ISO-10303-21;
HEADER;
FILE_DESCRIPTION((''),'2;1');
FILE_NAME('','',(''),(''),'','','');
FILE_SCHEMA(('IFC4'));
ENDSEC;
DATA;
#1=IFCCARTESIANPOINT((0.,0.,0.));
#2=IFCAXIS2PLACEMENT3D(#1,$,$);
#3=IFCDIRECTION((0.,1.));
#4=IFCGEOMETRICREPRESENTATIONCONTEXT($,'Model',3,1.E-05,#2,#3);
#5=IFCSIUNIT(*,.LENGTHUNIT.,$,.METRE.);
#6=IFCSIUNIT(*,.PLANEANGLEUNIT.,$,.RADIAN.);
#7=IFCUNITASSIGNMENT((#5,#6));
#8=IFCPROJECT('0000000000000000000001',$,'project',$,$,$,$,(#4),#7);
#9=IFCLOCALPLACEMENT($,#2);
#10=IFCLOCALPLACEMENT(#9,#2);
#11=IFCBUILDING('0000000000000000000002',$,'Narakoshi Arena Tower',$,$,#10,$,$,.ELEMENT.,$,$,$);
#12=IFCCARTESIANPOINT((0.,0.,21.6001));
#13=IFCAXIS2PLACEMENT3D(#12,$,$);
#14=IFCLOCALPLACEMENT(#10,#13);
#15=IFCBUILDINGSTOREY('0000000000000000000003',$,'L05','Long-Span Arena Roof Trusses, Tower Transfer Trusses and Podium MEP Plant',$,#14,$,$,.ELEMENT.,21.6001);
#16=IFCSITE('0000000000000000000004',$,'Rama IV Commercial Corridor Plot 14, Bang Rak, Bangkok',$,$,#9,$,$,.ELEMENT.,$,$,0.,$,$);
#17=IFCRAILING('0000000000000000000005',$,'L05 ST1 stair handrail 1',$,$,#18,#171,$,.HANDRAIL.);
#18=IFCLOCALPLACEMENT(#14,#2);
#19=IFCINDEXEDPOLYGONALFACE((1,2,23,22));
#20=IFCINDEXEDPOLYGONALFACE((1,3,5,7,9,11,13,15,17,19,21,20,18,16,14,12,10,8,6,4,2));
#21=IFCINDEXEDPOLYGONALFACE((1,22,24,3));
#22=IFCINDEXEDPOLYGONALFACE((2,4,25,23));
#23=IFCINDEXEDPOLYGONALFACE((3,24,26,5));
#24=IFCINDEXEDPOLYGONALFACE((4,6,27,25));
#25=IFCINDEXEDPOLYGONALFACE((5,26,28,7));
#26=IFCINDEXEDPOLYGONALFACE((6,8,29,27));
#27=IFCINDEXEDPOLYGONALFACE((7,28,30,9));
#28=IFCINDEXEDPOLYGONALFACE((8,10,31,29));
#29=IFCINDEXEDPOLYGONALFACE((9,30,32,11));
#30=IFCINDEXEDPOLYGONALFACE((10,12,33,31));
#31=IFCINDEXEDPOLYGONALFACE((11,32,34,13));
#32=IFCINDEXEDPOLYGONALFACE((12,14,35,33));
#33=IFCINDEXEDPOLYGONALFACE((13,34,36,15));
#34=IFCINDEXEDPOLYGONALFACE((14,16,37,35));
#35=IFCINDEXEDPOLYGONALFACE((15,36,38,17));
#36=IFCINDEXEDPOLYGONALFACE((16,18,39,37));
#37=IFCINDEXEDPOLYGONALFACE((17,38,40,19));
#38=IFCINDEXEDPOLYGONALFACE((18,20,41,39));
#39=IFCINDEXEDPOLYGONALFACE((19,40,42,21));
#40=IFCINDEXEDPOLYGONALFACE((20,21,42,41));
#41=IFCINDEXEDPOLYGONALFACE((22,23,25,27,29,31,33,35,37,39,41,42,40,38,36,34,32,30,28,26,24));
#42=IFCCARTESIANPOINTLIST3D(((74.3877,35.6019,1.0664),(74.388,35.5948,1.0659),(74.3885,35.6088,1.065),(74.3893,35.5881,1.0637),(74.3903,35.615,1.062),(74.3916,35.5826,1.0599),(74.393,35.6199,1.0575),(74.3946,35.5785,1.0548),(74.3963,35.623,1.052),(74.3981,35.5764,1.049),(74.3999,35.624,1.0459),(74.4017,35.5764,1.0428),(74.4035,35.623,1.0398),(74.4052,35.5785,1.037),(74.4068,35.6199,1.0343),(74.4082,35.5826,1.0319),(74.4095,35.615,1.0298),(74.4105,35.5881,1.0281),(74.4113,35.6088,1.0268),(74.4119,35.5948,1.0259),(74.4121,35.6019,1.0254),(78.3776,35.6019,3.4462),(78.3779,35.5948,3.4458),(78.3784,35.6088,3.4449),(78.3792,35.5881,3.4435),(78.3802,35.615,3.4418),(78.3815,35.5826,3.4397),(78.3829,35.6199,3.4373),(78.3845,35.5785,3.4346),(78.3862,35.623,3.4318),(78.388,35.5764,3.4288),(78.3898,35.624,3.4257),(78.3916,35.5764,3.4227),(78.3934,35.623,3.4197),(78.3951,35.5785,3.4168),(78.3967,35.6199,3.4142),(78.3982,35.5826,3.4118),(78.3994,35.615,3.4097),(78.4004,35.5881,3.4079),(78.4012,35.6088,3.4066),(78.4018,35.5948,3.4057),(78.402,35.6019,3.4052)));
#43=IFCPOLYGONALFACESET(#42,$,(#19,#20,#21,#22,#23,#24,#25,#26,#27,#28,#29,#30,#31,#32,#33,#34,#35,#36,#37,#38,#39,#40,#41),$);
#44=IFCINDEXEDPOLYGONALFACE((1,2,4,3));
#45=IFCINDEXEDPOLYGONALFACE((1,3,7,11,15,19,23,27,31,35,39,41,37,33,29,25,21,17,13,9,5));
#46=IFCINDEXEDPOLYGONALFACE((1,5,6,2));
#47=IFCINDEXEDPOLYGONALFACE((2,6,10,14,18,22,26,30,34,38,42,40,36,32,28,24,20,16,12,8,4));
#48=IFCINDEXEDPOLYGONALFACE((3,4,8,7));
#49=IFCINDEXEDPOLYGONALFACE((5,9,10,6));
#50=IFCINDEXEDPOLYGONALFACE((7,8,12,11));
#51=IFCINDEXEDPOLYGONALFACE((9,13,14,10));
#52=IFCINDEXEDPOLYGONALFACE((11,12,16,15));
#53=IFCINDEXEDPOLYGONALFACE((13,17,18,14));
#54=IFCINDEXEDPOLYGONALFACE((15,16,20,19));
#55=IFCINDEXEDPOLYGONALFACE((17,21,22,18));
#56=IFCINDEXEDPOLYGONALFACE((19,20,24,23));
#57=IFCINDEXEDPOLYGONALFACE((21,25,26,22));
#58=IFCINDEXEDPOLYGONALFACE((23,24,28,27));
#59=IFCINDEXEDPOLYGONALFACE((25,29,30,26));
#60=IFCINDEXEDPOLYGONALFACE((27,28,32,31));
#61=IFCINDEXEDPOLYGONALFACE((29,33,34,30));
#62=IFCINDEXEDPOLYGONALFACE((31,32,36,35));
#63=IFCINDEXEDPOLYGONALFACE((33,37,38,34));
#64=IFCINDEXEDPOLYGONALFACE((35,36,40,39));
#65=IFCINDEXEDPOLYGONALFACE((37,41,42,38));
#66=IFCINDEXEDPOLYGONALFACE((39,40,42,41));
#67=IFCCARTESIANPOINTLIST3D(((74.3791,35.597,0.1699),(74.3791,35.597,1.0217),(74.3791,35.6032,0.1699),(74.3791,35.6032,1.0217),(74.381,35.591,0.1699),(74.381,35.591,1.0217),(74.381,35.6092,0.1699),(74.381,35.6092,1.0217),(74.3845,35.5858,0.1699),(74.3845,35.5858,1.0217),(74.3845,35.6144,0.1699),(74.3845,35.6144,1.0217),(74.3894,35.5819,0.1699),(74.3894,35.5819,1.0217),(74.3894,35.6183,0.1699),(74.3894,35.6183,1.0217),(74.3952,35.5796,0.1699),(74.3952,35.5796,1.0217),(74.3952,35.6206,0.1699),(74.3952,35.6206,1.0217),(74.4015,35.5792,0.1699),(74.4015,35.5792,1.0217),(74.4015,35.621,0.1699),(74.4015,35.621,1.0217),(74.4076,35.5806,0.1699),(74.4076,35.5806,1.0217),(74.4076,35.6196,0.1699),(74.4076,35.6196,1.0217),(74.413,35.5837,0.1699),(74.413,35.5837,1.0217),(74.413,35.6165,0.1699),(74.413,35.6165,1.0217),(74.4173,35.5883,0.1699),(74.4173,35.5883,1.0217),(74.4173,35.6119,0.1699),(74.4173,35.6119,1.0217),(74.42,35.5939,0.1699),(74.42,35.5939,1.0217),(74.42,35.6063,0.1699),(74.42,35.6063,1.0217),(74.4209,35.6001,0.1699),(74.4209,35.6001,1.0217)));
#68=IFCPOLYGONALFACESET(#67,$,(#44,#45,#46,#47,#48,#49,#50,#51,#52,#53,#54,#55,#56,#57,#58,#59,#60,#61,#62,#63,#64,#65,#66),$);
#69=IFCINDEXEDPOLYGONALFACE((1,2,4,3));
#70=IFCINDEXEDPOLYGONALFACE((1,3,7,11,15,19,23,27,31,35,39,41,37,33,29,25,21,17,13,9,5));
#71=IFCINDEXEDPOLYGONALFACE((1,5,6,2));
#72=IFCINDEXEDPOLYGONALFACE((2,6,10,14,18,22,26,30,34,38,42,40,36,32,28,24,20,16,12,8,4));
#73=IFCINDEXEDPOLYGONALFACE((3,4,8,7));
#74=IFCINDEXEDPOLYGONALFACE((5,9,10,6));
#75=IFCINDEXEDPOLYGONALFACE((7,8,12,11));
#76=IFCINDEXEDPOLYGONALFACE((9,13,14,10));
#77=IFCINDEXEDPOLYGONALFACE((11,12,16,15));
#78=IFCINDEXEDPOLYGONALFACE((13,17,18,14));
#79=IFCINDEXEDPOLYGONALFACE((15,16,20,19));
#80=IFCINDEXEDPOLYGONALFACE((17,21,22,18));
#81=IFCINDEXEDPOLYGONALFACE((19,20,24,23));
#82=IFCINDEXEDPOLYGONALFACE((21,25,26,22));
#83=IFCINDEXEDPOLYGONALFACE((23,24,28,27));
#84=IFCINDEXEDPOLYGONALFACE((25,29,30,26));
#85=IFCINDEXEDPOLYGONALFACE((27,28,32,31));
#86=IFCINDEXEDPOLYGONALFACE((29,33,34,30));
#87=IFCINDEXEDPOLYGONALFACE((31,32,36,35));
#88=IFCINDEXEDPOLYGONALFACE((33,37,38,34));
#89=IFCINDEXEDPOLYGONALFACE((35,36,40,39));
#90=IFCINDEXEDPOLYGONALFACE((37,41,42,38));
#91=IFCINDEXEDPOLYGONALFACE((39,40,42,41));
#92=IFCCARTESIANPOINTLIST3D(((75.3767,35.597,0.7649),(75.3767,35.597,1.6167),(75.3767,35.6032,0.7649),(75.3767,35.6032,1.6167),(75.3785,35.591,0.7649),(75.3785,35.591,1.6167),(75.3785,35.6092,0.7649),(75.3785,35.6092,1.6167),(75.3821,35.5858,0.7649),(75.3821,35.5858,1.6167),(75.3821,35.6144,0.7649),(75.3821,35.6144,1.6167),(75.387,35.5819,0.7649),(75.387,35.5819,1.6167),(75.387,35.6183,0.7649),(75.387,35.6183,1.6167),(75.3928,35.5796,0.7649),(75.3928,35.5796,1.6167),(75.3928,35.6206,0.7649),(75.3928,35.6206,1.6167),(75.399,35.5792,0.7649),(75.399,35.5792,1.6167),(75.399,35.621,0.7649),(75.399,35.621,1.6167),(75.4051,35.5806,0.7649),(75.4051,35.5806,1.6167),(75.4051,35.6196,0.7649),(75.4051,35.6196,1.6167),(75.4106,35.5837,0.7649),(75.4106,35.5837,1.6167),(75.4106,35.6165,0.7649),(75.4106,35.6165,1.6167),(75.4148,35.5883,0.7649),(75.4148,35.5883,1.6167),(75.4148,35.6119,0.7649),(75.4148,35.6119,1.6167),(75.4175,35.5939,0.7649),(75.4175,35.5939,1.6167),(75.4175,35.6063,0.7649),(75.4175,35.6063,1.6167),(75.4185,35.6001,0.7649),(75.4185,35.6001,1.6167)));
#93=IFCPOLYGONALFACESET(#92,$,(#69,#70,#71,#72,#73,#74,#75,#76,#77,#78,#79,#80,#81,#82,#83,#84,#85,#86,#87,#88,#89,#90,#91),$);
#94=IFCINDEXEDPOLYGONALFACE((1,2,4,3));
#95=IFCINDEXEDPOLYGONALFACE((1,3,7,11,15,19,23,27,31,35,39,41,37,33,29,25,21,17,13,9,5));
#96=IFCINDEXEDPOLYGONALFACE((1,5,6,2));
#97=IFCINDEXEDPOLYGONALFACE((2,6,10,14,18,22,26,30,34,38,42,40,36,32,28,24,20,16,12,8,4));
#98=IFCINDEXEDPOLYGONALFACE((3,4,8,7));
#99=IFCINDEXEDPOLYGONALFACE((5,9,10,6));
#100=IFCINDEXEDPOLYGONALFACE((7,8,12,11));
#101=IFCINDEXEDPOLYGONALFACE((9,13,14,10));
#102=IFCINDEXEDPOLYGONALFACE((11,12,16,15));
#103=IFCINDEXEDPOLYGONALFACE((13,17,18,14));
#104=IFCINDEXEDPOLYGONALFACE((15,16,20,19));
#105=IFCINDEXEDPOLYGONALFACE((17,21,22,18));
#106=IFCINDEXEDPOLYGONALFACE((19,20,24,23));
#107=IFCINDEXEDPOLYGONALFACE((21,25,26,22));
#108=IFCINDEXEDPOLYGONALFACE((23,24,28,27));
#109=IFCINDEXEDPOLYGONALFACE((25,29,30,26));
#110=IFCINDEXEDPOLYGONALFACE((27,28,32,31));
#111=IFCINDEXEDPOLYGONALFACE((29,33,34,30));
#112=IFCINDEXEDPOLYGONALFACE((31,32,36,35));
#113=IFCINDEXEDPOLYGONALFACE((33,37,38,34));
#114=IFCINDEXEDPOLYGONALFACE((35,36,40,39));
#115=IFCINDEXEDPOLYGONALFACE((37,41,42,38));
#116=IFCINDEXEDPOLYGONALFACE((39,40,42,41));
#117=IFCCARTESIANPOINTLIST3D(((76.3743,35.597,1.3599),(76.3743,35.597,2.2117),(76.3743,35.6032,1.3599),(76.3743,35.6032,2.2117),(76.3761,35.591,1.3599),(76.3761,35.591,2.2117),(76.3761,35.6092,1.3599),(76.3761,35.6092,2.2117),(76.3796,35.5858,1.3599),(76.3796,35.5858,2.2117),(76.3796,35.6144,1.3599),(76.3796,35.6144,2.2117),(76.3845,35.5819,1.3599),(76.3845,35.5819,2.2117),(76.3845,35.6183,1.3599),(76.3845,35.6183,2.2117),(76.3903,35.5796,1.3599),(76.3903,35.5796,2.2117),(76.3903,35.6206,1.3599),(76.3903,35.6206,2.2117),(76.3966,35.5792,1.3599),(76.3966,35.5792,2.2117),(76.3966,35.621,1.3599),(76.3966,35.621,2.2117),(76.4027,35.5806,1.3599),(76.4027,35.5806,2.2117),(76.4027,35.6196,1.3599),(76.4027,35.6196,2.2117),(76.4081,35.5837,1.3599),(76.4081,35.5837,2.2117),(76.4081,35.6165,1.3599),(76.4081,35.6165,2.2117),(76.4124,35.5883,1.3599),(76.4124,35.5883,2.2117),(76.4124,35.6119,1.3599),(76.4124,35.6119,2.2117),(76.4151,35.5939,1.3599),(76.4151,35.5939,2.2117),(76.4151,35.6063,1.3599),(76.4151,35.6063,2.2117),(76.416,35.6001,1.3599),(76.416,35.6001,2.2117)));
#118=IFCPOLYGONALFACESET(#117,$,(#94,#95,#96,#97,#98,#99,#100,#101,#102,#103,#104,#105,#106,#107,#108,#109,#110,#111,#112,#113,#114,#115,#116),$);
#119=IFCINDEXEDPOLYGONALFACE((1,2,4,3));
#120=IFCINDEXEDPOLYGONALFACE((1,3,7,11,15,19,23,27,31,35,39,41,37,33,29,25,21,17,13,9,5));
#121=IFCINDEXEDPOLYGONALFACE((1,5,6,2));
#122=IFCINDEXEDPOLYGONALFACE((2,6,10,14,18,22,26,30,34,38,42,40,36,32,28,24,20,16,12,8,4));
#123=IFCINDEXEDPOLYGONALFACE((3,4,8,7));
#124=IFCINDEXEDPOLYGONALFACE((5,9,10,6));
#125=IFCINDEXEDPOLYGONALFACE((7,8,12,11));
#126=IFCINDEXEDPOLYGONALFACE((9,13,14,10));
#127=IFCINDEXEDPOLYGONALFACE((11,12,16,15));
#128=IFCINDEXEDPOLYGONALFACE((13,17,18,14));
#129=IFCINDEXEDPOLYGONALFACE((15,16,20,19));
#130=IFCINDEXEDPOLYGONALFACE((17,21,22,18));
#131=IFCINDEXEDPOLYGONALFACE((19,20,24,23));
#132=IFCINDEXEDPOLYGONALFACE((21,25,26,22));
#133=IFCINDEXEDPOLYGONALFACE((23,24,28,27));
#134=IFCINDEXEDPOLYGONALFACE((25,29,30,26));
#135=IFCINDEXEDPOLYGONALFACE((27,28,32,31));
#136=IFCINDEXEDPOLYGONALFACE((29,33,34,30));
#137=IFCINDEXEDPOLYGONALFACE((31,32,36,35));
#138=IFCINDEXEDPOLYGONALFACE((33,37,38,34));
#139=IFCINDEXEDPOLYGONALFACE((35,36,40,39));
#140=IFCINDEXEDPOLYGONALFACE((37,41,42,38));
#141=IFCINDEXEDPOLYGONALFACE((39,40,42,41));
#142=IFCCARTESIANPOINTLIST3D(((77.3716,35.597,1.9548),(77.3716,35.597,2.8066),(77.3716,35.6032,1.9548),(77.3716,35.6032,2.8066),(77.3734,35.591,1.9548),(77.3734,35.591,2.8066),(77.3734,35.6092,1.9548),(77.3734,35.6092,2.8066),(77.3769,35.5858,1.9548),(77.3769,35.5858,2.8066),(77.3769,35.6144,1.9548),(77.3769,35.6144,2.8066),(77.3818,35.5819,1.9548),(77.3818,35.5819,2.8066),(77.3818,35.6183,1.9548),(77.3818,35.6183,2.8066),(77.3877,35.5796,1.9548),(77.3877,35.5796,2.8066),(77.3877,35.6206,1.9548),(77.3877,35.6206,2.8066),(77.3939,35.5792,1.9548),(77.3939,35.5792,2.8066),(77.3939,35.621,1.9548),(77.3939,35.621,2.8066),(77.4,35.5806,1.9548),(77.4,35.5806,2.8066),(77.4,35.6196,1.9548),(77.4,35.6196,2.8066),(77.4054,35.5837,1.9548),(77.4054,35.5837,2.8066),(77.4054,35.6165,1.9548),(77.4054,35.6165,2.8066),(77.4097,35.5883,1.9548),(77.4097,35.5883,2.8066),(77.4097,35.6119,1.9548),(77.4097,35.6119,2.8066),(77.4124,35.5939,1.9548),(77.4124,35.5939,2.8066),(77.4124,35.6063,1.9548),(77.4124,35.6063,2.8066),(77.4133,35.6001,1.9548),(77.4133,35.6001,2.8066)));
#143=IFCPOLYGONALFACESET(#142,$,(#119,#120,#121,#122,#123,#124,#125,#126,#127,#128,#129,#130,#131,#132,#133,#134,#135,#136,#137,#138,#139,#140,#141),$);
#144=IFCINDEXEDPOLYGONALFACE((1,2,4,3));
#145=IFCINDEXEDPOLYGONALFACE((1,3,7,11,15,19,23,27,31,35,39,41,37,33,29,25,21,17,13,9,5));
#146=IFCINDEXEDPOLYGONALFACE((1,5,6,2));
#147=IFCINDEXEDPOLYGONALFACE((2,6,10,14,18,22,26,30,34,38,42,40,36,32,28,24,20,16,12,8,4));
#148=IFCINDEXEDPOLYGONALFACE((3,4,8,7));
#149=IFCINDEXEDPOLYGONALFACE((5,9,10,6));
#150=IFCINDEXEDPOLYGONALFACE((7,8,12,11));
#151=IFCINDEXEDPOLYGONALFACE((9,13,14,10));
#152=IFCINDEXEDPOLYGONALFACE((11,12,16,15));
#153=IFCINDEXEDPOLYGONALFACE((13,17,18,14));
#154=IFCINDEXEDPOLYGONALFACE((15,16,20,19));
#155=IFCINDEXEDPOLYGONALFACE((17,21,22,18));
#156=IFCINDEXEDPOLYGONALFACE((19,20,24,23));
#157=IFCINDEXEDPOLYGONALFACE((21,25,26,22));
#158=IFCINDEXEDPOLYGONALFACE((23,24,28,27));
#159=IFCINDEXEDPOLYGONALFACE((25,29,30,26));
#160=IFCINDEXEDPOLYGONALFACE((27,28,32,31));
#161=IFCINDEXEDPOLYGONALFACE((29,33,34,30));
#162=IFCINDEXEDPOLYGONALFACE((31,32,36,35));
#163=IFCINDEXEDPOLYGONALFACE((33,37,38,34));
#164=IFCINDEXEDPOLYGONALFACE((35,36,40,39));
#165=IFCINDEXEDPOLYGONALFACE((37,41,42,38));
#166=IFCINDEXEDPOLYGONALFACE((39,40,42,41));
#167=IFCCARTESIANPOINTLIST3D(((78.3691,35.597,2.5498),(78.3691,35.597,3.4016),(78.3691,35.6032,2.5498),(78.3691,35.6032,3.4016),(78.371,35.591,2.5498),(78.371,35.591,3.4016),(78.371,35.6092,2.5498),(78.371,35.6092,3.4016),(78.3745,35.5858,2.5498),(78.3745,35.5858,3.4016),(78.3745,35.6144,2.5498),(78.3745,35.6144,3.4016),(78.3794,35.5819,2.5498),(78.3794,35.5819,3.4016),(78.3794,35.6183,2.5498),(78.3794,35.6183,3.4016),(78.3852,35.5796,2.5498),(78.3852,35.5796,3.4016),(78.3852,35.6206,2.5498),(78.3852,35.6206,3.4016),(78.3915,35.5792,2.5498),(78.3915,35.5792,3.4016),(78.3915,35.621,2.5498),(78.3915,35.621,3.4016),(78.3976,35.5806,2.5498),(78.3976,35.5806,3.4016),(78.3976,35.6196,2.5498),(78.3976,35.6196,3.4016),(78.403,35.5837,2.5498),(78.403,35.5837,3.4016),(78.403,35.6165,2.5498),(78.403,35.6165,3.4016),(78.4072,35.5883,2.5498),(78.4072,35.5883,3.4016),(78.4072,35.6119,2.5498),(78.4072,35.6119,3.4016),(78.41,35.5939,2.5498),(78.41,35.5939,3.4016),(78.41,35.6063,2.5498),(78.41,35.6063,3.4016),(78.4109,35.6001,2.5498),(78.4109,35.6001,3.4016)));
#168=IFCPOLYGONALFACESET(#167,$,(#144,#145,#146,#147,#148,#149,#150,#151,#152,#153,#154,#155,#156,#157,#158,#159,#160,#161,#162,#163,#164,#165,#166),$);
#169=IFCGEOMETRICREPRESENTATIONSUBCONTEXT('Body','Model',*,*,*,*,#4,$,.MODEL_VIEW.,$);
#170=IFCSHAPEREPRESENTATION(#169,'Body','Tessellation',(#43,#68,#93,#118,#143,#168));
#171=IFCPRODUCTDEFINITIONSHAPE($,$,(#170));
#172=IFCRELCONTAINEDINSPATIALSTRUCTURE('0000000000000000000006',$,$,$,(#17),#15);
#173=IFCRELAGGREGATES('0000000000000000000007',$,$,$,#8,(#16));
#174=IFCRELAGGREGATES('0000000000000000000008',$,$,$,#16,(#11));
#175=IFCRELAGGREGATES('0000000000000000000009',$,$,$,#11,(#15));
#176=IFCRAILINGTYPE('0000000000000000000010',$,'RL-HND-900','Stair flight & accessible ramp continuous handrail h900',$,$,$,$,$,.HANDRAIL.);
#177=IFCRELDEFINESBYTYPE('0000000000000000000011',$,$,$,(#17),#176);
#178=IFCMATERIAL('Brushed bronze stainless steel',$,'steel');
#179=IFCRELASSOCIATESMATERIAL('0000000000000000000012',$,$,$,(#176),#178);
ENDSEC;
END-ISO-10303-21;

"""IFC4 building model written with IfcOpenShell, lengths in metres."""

from ifc_helpers import new_model, si_unit, direction, frame, origin, origin_2d, place, context, subcontext, project, spatial, circle, extrude, material, type_object, element, save


model = new_model("IFC4")

# Units and contexts
model_context = context("Model", 3, precision=1e-05, world=origin(), true_north=direction((0.0, 1.0)))
body_context = subcontext(model_context, "Body", "Model", "MODEL_VIEW")
ifc_project = project(units=[si_unit("LENGTHUNIT", "METRE"), si_unit("PLANEANGLEUNIT", "RADIAN")], contexts=[model_context])

# Site, building, storey
site_placement = place(None, origin())
site = spatial("IfcSite", under=ifc_project, at=site_placement, Name="Rama IV Commercial Corridor Plot 14, Bang Rak, Bangkok", CompositionType="ELEMENT", RefElevation=0.0)
building_placement = place(site_placement, origin())
building = spatial("IfcBuilding", under=site, at=building_placement, Name="Narakoshi Arena Tower", CompositionType="ELEMENT")
storey_placement = place(building_placement, frame((0.0, 0.0, 21.6001)))
storey = spatial("IfcBuildingStorey", under=building, at=storey_placement, Name="L05", Description="Long-Span Arena Roof Trusses, Tower Transfer Trusses and Podium MEP Plant", CompositionType="ELEMENT", Elevation=21.6001)

# Railing
ifc_material_1 = material(Name="Brushed bronze stainless steel", Category="steel")
railing_type_1 = type_object("IfcRailingType", Name="RL-HND-900", Description="Stair flight & accessible ramp continuous handrail h900", PredefinedType="HANDRAIL", material=ifc_material_1)
railing_1_placement = place(storey_placement, frame((74.3999, 35.6001, 0.1699)))
element("IfcRailing", 1, at=railing_1_placement, inside=storey, type_object=railing_type_1, Name="L05 ST1 stair handrail 1", PredefinedType="HANDRAIL", context=body_context, shape_type="SweptSolid", body=[
    extrude(circle(Radius=0.0239, at=origin_2d()), frame((0.0, 0.0, 0.876), z_axis=(0.85883, 0.0, 0.512261), x_axis=(0.0, 1.0, 0.0)), (0.0, 0.0, 1.0), 4.6458),
    extrude(circle(Radius=0.021, at=origin_2d()), origin(), (0.0, 0.0, 1.0), 0.8518),
    extrude(circle(Radius=0.021, at=origin_2d()), frame((0.9976, 0.0, 0.595)), (0.0, 0.0, 1.0), 0.8518),
    extrude(circle(Radius=0.021, at=origin_2d()), frame((1.9951, 0.0, 1.1899)), (0.0, 0.0, 1.0), 0.8518),
    extrude(circle(Radius=0.021, at=origin_2d()), frame((2.9924, 0.0, 1.7849)), (0.0, 0.0, 1.0), 0.8518),
    extrude(circle(Radius=0.021, at=origin_2d()), frame((3.99, 0.0, 2.3799)), (0.0, 0.0, 1.0), 0.8518),
])

save(model, "model.ifc")
